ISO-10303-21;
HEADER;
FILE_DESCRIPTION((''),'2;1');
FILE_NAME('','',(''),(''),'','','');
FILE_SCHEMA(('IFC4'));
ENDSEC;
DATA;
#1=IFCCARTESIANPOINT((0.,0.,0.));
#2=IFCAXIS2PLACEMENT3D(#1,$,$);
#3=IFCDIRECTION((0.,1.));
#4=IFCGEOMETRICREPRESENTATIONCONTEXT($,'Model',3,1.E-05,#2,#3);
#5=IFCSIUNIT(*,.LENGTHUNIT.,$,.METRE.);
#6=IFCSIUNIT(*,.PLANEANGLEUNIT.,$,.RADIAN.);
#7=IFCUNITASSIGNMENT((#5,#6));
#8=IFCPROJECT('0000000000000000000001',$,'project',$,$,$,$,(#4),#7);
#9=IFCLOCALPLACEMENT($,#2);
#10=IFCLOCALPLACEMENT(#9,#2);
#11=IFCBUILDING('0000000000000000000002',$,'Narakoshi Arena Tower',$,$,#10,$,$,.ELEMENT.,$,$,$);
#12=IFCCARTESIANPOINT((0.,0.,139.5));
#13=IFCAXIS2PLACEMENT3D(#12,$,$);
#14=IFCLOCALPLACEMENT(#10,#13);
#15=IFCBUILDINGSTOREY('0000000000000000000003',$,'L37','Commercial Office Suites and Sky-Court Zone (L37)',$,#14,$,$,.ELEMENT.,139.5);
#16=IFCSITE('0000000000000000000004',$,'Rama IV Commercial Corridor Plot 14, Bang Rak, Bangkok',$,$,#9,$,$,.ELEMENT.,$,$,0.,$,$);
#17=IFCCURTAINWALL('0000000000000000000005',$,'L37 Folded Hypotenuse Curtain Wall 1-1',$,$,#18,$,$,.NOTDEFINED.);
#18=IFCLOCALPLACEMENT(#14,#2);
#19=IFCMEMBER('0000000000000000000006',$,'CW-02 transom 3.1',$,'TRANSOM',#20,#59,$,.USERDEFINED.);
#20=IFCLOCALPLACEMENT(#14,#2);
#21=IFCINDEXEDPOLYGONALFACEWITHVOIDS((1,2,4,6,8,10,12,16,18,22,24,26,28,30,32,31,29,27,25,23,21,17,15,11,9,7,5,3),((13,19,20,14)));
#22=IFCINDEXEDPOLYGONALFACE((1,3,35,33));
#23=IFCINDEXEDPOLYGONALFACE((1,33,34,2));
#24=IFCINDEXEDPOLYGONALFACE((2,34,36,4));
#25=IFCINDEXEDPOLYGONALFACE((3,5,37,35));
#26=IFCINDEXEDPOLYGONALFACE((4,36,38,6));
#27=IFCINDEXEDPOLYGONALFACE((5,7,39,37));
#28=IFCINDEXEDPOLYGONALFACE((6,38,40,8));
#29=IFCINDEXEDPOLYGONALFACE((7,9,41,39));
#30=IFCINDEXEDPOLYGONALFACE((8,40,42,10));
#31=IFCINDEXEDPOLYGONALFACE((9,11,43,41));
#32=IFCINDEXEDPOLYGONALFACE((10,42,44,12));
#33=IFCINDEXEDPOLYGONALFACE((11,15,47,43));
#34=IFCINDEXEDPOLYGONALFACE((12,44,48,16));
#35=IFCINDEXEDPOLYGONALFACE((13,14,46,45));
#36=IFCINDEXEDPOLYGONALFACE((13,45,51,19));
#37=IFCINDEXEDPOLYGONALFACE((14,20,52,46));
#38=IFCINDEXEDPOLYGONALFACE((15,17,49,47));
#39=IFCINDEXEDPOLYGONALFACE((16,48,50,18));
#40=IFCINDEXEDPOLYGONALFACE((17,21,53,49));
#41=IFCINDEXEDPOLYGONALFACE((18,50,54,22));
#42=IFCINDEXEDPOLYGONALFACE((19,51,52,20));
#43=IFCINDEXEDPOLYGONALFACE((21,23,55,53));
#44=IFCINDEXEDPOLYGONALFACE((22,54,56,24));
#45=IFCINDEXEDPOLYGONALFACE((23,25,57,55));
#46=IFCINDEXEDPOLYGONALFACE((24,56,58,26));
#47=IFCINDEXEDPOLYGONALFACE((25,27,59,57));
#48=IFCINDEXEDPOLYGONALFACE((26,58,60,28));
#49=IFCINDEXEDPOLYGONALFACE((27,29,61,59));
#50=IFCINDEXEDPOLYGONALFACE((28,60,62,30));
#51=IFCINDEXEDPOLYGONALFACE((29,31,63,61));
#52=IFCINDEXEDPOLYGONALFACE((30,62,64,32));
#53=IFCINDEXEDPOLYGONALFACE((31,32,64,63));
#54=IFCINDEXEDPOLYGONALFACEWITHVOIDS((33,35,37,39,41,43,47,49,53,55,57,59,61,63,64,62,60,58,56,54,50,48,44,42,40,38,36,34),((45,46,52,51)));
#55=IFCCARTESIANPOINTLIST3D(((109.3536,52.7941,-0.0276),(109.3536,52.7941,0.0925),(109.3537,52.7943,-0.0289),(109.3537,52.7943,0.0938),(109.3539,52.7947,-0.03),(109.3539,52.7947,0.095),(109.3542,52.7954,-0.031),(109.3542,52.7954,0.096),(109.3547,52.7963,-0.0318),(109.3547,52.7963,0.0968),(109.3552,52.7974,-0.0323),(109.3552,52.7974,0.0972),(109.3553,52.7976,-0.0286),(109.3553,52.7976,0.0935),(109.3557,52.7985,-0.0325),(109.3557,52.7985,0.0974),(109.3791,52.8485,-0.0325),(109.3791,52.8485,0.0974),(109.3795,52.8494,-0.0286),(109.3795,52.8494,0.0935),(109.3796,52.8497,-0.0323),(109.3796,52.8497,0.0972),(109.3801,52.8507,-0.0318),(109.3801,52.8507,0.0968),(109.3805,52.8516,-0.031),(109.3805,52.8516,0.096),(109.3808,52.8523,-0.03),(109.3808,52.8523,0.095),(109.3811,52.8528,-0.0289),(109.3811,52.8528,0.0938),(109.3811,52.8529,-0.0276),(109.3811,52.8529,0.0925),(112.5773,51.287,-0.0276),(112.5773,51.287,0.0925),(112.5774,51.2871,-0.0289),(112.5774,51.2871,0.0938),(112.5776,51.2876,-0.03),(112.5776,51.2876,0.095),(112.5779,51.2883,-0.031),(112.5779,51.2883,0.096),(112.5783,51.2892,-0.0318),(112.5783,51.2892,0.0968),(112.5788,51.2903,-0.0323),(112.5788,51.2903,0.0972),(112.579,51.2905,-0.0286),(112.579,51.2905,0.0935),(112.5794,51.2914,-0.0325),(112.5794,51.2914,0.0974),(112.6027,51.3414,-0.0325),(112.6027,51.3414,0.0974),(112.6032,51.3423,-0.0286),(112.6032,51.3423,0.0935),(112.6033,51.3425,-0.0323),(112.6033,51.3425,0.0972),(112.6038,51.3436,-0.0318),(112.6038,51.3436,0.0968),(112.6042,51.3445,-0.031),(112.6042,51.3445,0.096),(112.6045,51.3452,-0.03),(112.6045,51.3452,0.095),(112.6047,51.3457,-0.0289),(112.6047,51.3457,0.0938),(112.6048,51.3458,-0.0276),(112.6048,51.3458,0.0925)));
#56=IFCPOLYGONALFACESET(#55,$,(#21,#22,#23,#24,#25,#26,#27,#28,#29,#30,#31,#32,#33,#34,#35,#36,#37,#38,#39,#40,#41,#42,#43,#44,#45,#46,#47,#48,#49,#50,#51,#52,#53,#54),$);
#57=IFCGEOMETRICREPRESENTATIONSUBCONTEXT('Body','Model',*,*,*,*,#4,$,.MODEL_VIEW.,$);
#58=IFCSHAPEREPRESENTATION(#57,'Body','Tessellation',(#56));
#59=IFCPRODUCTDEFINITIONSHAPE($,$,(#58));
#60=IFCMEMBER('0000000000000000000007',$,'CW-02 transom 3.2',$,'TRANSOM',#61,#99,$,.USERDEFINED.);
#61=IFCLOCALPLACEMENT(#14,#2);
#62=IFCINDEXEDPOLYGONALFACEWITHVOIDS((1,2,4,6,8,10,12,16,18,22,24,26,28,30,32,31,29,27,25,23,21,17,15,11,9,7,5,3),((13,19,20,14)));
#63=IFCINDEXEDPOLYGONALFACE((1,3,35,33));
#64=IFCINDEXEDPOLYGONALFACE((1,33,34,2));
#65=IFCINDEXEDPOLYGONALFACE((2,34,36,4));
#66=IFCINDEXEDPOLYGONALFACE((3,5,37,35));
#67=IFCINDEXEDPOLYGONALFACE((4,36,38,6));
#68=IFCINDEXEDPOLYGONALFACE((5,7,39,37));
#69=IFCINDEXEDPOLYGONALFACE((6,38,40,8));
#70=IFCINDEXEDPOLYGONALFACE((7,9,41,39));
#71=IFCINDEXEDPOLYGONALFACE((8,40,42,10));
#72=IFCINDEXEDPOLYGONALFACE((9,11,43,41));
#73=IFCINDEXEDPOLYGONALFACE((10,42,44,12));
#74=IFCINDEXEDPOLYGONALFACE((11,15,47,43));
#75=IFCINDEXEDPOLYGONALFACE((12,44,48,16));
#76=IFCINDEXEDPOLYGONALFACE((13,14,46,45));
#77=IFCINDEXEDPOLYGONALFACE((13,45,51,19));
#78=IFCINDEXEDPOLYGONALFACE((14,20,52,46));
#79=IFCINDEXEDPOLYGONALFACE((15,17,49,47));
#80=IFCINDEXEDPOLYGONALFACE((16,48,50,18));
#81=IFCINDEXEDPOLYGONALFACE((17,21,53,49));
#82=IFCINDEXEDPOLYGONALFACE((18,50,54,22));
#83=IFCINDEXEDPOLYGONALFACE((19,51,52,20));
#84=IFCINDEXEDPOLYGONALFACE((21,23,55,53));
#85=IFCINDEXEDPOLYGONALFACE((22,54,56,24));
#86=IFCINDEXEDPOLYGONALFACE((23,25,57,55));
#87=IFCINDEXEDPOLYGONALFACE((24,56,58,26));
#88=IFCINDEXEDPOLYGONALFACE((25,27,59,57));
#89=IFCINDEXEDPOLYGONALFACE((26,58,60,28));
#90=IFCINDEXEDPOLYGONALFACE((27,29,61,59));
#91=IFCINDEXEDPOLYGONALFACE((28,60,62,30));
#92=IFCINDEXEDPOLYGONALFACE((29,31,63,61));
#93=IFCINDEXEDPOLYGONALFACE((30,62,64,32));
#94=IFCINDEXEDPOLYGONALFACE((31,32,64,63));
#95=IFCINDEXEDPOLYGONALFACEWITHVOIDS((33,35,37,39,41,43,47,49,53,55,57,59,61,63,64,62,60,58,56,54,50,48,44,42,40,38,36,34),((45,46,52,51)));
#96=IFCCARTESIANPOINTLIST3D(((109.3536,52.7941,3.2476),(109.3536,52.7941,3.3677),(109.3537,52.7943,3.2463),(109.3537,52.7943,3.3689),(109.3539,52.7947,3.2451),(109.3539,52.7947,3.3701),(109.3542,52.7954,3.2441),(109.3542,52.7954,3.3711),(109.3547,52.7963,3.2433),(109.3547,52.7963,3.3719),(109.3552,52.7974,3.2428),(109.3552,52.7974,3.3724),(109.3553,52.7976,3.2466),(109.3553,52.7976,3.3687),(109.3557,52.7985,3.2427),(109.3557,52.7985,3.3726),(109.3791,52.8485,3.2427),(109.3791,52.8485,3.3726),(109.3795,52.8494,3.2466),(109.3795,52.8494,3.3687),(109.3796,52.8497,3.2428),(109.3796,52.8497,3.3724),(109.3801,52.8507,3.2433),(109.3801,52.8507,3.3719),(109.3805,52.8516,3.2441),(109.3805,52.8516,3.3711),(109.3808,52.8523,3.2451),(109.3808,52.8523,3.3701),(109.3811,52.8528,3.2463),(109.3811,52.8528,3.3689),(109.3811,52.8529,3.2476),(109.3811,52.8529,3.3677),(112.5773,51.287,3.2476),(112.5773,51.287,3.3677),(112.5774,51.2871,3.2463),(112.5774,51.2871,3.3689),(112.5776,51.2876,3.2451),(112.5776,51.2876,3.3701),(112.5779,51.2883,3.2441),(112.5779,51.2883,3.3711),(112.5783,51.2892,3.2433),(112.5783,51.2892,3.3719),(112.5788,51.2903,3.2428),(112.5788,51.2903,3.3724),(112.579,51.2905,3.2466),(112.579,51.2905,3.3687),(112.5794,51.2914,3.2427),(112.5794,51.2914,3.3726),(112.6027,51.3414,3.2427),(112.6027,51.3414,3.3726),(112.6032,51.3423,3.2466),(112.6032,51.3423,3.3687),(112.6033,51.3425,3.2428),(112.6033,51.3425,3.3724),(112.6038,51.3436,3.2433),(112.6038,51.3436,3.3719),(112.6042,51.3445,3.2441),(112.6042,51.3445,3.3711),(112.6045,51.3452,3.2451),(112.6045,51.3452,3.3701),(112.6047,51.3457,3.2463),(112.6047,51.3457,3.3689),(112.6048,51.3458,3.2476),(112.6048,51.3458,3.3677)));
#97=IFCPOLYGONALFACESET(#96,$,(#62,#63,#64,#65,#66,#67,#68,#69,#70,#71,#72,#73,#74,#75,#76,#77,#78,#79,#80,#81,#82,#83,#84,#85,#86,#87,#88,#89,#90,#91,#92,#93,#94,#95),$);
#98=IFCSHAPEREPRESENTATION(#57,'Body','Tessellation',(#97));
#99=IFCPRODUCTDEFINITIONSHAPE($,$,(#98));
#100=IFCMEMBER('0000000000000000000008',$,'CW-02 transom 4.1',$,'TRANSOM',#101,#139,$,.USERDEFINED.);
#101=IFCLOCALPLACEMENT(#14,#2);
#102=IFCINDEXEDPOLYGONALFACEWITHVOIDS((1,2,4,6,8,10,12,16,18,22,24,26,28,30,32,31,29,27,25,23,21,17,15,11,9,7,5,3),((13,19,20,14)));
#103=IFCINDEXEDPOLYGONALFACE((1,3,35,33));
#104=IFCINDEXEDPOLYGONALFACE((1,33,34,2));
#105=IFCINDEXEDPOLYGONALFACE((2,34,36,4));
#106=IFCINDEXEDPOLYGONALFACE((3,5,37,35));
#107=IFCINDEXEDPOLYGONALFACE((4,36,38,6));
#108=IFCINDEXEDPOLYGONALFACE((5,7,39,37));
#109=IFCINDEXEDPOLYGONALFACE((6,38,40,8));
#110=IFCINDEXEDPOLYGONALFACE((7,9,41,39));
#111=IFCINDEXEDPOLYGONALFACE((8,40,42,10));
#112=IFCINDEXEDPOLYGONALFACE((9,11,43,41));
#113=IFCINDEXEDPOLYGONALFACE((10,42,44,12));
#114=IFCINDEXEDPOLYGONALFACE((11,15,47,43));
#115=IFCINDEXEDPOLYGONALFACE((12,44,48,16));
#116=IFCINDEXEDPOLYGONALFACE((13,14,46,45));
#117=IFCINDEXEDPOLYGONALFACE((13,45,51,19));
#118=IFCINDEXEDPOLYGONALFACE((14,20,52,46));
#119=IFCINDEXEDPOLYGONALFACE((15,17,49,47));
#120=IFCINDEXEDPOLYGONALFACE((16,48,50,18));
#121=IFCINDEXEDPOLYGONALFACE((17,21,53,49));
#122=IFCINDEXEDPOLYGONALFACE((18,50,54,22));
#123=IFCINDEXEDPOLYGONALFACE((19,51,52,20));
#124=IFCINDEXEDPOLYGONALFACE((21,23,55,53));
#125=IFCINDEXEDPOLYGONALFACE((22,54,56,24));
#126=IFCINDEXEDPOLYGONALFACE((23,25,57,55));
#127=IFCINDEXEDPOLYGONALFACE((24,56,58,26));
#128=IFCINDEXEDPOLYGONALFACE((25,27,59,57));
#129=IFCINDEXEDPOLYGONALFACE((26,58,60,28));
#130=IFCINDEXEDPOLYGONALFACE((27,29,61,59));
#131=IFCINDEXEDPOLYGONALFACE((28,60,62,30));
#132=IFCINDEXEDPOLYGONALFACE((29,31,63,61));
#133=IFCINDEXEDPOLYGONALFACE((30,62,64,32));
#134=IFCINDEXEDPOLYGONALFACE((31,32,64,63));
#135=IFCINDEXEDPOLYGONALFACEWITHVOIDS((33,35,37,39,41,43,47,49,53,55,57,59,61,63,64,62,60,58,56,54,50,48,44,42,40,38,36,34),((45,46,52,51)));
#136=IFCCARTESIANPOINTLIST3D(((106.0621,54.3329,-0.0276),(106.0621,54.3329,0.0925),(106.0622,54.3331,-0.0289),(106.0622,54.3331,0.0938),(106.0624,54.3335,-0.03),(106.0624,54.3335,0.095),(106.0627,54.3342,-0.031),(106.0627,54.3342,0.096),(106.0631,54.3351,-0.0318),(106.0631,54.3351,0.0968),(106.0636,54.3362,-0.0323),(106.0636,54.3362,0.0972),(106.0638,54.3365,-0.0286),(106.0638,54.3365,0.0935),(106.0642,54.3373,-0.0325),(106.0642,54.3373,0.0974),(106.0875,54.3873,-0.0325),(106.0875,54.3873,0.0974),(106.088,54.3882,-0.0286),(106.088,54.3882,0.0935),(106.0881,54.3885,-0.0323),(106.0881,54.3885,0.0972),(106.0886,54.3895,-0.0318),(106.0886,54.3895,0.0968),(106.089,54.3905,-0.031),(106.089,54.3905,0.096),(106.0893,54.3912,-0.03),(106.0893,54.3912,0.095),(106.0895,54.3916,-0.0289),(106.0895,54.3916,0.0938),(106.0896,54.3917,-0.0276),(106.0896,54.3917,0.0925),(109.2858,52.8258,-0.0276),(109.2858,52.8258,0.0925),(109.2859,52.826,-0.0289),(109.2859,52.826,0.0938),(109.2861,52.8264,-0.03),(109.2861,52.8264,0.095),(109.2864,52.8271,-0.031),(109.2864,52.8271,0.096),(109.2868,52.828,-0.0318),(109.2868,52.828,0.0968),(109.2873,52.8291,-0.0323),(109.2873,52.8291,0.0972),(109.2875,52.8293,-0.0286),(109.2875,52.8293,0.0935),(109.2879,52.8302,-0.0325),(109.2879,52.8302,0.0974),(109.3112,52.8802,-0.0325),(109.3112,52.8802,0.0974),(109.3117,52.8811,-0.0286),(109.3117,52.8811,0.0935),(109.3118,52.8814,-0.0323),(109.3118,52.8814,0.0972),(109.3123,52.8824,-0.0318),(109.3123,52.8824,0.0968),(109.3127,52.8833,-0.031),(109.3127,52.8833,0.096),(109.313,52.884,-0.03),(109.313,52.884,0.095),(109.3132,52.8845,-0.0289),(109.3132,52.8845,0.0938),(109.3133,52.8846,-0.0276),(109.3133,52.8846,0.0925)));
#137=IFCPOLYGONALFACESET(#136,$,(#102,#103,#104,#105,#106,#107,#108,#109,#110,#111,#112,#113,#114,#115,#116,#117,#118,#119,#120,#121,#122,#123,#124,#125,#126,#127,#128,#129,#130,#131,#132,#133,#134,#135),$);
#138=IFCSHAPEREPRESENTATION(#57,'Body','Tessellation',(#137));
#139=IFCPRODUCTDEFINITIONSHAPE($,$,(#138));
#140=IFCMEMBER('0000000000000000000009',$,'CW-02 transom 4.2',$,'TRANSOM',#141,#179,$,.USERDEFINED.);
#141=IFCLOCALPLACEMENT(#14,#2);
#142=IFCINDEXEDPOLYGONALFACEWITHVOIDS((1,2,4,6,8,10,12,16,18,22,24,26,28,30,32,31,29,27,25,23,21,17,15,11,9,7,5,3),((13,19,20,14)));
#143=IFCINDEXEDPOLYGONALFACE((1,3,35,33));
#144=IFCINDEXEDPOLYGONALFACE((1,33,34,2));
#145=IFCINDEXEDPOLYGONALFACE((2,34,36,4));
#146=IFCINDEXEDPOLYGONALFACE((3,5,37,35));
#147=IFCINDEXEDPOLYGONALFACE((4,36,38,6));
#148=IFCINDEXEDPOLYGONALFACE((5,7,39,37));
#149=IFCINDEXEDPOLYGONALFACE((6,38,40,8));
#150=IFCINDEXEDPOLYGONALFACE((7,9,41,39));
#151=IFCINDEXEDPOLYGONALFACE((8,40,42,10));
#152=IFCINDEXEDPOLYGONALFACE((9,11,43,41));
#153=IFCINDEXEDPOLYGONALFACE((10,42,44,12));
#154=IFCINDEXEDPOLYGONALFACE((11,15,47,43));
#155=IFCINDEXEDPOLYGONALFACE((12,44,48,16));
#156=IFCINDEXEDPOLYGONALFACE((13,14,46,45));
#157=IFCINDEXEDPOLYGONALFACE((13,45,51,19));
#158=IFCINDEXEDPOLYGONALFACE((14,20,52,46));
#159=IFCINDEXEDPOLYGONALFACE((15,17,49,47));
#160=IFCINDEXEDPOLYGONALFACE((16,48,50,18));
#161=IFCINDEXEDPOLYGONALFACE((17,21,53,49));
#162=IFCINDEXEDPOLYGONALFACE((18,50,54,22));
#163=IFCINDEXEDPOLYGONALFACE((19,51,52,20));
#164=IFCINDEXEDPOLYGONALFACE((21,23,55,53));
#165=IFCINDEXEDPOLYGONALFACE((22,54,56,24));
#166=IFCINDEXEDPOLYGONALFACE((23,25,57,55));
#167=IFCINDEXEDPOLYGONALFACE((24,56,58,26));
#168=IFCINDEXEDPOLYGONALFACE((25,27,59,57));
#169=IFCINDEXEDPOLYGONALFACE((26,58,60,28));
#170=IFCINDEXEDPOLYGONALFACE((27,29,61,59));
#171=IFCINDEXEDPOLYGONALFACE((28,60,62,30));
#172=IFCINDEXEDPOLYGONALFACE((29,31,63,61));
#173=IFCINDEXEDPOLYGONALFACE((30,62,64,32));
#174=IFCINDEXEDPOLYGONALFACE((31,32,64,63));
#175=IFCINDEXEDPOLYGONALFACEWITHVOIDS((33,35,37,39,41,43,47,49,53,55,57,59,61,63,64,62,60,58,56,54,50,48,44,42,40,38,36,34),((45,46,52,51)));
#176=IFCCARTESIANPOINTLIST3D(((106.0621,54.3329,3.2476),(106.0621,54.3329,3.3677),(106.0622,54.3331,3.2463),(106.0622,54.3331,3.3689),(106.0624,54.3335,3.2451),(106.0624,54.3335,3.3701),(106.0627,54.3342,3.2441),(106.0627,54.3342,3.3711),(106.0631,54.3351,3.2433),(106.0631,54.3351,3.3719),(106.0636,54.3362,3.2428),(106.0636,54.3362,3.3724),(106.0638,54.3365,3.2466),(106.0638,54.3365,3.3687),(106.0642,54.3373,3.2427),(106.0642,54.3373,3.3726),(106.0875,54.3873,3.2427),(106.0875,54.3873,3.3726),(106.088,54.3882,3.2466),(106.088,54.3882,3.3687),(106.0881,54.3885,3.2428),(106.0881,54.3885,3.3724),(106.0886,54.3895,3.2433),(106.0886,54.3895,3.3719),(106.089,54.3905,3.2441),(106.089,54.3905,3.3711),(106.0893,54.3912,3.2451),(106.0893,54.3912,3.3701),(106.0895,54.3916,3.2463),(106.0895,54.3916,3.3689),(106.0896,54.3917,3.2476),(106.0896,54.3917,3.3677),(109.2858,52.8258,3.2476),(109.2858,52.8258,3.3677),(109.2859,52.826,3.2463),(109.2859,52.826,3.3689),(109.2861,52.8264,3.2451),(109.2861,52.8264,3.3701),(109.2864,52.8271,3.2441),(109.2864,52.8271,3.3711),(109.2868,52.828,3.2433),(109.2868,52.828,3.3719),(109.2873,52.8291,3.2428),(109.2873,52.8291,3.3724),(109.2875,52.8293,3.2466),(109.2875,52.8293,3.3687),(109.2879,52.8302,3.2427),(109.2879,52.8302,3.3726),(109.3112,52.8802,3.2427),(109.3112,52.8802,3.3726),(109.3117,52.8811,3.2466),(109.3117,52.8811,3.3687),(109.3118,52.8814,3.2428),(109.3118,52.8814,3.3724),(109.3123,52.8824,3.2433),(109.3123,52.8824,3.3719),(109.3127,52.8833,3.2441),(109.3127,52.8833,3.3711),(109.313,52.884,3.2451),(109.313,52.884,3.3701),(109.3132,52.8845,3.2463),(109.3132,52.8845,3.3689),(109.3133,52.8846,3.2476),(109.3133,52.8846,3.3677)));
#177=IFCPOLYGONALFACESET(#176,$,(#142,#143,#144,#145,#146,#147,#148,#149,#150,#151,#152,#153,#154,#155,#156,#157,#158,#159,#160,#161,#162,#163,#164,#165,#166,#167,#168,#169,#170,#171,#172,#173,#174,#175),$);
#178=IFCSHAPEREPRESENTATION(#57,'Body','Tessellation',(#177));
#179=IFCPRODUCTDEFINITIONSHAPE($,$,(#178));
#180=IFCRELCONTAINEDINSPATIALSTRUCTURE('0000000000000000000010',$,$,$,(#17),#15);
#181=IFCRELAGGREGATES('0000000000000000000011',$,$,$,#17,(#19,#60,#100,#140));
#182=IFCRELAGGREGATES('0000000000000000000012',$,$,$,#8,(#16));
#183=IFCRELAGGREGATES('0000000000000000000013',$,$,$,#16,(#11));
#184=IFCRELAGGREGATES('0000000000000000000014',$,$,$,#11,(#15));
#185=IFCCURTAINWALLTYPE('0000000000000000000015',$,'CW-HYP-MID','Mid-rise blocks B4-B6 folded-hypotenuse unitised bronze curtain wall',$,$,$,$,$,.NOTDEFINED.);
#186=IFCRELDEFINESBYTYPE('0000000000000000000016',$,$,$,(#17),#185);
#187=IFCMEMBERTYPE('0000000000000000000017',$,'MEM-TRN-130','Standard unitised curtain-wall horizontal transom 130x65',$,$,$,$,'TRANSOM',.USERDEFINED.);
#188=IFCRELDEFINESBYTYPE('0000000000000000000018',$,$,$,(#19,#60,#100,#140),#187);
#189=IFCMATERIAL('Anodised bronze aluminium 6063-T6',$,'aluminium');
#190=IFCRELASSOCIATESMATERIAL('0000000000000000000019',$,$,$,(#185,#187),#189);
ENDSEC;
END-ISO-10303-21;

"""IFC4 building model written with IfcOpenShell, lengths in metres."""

from ifc_helpers import new_model, si_unit, direction, frame, origin, origin_2d, place, context, subcontext, project, spatial, hollow_rectangle, extrude, material, material_profile, profile_set, type_object, element, aggregate, save


model = new_model("IFC4")

# Units and contexts
model_context = context("Model", 3, precision=1e-05, world=origin(), true_north=direction((0.0, 1.0)))
body_context = subcontext(model_context, "Body", "Model", "MODEL_VIEW")
ifc_project = project(units=[si_unit("LENGTHUNIT", "METRE"), si_unit("PLANEANGLEUNIT", "RADIAN")], contexts=[model_context])

# Site, building, storey
site_placement = place(None, origin())
site = spatial("IfcSite", under=ifc_project, at=site_placement, Name="Rama IV Commercial Corridor Plot 14, Bang Rak, Bangkok", CompositionType="ELEMENT", RefElevation=0.0)
building_placement = place(site_placement, origin())
building = spatial("IfcBuilding", under=site, at=building_placement, Name="Narakoshi Arena Tower", CompositionType="ELEMENT")
storey_placement = place(building_placement, frame((0.0, 0.0, 139.5)))
storey = spatial("IfcBuildingStorey", under=building, at=storey_placement, Name="L37", Description="Commercial Office Suites and Sky-Court Zone (L37)", CompositionType="ELEMENT", Elevation=139.5)

# Curtain wall, members
ifc_material_1 = material(Name="Anodised bronze aluminium 6063-T6", Category="aluminium")
curtain_wall_type = type_object("IfcCurtainWallType", Name="CW-HYP-MID", Description="Mid-rise blocks B4-B6 folded-hypotenuse unitised bronze curtain wall", PredefinedType="NOTDEFINED", material=ifc_material_1)
curtain_wall_placement = place(storey_placement, origin())
curtain_wall = element("IfcCurtainWall", 1, at=curtain_wall_placement, inside=storey, type_object=curtain_wall_type, Name="L37 Folded Hypotenuse Curtain Wall 1-1", PredefinedType="NOTDEFINED")
ifc_material_profile_1 = material_profile(ifc_material_1, hollow_rectangle(XDim=0.0649, YDim=0.1299, WallThickness=0.0039, OuterFilletRadius=0.0049, at=origin_2d()), Name="TRN130x65x4")
ifc_profile_set_1 = profile_set([ifc_material_profile_1], Name="Anodised bronze aluminium 6063-T6")
member_type_1 = type_object("IfcMemberType", Name="MEM-TRN-130", Description="Standard unitised curtain-wall horizontal transom 130x65", ElementType="TRANSOM", PredefinedType="USERDEFINED", material=ifc_profile_set_1)
member_1_placement = place(storey_placement, frame((112.5911, 51.3164, 0.0325), z_axis=(-0.90589, 0.423513, 0.0), x_axis=(-0.423513, -0.90589, 0.0)))
member_1 = element("IfcMember", 2, at=member_1_placement, type_object=member_type_1, Name="CW-02 transom 3.1", ObjectType="TRANSOM", PredefinedType="USERDEFINED", context=body_context, shape_type="SweptSolid", body=[
    extrude(hollow_rectangle(XDim=0.0649, YDim=0.1299, WallThickness=0.0039, OuterFilletRadius=0.0049, at=origin_2d()), origin(), (0.0, 0.0, 1.0), 3.5586),
])
member_2_placement = place(storey_placement, frame((112.5911, 51.3164, 3.3076), z_axis=(-0.90589, 0.423513, 0.0), x_axis=(-0.423513, -0.90589, 0.0)))
member_2 = element("IfcMember", 3, at=member_2_placement, type_object=member_type_1, Name="CW-02 transom 3.2", ObjectType="TRANSOM", PredefinedType="USERDEFINED", context=body_context, shape_type="SweptSolid", body=[
    extrude(hollow_rectangle(XDim=0.0649, YDim=0.1299, WallThickness=0.0039, OuterFilletRadius=0.0049, at=origin_2d()), origin(), (0.0, 0.0, 1.0), 3.5586),
])
member_3_placement = place(storey_placement, frame((109.2996, 52.8552, 0.0325), z_axis=(-0.90589, 0.423513, 0.0), x_axis=(-0.423513, -0.90589, 0.0)))
member_3 = element("IfcMember", 4, at=member_3_placement, type_object=member_type_1, Name="CW-02 transom 4.1", ObjectType="TRANSOM", PredefinedType="USERDEFINED", context=body_context, shape_type="SweptSolid", body=[
    extrude(hollow_rectangle(XDim=0.0649, YDim=0.1299, WallThickness=0.0039, OuterFilletRadius=0.0049, at=origin_2d()), origin(), (0.0, 0.0, 1.0), 3.5586),
])
member_4_placement = place(storey_placement, frame((109.2996, 52.8552, 3.3076), z_axis=(-0.90589, 0.423513, 0.0), x_axis=(-0.423513, -0.90589, 0.0)))
member_4 = element("IfcMember", 5, at=member_4_placement, type_object=member_type_1, Name="CW-02 transom 4.2", ObjectType="TRANSOM", PredefinedType="USERDEFINED", context=body_context, shape_type="SweptSolid", body=[
    extrude(hollow_rectangle(XDim=0.0649, YDim=0.1299, WallThickness=0.0039, OuterFilletRadius=0.0049, at=origin_2d()), origin(), (0.0, 0.0, 1.0), 3.5586),
])
aggregate(curtain_wall, [member_1, member_2, member_3, member_4])

save(model, "model.ifc")
